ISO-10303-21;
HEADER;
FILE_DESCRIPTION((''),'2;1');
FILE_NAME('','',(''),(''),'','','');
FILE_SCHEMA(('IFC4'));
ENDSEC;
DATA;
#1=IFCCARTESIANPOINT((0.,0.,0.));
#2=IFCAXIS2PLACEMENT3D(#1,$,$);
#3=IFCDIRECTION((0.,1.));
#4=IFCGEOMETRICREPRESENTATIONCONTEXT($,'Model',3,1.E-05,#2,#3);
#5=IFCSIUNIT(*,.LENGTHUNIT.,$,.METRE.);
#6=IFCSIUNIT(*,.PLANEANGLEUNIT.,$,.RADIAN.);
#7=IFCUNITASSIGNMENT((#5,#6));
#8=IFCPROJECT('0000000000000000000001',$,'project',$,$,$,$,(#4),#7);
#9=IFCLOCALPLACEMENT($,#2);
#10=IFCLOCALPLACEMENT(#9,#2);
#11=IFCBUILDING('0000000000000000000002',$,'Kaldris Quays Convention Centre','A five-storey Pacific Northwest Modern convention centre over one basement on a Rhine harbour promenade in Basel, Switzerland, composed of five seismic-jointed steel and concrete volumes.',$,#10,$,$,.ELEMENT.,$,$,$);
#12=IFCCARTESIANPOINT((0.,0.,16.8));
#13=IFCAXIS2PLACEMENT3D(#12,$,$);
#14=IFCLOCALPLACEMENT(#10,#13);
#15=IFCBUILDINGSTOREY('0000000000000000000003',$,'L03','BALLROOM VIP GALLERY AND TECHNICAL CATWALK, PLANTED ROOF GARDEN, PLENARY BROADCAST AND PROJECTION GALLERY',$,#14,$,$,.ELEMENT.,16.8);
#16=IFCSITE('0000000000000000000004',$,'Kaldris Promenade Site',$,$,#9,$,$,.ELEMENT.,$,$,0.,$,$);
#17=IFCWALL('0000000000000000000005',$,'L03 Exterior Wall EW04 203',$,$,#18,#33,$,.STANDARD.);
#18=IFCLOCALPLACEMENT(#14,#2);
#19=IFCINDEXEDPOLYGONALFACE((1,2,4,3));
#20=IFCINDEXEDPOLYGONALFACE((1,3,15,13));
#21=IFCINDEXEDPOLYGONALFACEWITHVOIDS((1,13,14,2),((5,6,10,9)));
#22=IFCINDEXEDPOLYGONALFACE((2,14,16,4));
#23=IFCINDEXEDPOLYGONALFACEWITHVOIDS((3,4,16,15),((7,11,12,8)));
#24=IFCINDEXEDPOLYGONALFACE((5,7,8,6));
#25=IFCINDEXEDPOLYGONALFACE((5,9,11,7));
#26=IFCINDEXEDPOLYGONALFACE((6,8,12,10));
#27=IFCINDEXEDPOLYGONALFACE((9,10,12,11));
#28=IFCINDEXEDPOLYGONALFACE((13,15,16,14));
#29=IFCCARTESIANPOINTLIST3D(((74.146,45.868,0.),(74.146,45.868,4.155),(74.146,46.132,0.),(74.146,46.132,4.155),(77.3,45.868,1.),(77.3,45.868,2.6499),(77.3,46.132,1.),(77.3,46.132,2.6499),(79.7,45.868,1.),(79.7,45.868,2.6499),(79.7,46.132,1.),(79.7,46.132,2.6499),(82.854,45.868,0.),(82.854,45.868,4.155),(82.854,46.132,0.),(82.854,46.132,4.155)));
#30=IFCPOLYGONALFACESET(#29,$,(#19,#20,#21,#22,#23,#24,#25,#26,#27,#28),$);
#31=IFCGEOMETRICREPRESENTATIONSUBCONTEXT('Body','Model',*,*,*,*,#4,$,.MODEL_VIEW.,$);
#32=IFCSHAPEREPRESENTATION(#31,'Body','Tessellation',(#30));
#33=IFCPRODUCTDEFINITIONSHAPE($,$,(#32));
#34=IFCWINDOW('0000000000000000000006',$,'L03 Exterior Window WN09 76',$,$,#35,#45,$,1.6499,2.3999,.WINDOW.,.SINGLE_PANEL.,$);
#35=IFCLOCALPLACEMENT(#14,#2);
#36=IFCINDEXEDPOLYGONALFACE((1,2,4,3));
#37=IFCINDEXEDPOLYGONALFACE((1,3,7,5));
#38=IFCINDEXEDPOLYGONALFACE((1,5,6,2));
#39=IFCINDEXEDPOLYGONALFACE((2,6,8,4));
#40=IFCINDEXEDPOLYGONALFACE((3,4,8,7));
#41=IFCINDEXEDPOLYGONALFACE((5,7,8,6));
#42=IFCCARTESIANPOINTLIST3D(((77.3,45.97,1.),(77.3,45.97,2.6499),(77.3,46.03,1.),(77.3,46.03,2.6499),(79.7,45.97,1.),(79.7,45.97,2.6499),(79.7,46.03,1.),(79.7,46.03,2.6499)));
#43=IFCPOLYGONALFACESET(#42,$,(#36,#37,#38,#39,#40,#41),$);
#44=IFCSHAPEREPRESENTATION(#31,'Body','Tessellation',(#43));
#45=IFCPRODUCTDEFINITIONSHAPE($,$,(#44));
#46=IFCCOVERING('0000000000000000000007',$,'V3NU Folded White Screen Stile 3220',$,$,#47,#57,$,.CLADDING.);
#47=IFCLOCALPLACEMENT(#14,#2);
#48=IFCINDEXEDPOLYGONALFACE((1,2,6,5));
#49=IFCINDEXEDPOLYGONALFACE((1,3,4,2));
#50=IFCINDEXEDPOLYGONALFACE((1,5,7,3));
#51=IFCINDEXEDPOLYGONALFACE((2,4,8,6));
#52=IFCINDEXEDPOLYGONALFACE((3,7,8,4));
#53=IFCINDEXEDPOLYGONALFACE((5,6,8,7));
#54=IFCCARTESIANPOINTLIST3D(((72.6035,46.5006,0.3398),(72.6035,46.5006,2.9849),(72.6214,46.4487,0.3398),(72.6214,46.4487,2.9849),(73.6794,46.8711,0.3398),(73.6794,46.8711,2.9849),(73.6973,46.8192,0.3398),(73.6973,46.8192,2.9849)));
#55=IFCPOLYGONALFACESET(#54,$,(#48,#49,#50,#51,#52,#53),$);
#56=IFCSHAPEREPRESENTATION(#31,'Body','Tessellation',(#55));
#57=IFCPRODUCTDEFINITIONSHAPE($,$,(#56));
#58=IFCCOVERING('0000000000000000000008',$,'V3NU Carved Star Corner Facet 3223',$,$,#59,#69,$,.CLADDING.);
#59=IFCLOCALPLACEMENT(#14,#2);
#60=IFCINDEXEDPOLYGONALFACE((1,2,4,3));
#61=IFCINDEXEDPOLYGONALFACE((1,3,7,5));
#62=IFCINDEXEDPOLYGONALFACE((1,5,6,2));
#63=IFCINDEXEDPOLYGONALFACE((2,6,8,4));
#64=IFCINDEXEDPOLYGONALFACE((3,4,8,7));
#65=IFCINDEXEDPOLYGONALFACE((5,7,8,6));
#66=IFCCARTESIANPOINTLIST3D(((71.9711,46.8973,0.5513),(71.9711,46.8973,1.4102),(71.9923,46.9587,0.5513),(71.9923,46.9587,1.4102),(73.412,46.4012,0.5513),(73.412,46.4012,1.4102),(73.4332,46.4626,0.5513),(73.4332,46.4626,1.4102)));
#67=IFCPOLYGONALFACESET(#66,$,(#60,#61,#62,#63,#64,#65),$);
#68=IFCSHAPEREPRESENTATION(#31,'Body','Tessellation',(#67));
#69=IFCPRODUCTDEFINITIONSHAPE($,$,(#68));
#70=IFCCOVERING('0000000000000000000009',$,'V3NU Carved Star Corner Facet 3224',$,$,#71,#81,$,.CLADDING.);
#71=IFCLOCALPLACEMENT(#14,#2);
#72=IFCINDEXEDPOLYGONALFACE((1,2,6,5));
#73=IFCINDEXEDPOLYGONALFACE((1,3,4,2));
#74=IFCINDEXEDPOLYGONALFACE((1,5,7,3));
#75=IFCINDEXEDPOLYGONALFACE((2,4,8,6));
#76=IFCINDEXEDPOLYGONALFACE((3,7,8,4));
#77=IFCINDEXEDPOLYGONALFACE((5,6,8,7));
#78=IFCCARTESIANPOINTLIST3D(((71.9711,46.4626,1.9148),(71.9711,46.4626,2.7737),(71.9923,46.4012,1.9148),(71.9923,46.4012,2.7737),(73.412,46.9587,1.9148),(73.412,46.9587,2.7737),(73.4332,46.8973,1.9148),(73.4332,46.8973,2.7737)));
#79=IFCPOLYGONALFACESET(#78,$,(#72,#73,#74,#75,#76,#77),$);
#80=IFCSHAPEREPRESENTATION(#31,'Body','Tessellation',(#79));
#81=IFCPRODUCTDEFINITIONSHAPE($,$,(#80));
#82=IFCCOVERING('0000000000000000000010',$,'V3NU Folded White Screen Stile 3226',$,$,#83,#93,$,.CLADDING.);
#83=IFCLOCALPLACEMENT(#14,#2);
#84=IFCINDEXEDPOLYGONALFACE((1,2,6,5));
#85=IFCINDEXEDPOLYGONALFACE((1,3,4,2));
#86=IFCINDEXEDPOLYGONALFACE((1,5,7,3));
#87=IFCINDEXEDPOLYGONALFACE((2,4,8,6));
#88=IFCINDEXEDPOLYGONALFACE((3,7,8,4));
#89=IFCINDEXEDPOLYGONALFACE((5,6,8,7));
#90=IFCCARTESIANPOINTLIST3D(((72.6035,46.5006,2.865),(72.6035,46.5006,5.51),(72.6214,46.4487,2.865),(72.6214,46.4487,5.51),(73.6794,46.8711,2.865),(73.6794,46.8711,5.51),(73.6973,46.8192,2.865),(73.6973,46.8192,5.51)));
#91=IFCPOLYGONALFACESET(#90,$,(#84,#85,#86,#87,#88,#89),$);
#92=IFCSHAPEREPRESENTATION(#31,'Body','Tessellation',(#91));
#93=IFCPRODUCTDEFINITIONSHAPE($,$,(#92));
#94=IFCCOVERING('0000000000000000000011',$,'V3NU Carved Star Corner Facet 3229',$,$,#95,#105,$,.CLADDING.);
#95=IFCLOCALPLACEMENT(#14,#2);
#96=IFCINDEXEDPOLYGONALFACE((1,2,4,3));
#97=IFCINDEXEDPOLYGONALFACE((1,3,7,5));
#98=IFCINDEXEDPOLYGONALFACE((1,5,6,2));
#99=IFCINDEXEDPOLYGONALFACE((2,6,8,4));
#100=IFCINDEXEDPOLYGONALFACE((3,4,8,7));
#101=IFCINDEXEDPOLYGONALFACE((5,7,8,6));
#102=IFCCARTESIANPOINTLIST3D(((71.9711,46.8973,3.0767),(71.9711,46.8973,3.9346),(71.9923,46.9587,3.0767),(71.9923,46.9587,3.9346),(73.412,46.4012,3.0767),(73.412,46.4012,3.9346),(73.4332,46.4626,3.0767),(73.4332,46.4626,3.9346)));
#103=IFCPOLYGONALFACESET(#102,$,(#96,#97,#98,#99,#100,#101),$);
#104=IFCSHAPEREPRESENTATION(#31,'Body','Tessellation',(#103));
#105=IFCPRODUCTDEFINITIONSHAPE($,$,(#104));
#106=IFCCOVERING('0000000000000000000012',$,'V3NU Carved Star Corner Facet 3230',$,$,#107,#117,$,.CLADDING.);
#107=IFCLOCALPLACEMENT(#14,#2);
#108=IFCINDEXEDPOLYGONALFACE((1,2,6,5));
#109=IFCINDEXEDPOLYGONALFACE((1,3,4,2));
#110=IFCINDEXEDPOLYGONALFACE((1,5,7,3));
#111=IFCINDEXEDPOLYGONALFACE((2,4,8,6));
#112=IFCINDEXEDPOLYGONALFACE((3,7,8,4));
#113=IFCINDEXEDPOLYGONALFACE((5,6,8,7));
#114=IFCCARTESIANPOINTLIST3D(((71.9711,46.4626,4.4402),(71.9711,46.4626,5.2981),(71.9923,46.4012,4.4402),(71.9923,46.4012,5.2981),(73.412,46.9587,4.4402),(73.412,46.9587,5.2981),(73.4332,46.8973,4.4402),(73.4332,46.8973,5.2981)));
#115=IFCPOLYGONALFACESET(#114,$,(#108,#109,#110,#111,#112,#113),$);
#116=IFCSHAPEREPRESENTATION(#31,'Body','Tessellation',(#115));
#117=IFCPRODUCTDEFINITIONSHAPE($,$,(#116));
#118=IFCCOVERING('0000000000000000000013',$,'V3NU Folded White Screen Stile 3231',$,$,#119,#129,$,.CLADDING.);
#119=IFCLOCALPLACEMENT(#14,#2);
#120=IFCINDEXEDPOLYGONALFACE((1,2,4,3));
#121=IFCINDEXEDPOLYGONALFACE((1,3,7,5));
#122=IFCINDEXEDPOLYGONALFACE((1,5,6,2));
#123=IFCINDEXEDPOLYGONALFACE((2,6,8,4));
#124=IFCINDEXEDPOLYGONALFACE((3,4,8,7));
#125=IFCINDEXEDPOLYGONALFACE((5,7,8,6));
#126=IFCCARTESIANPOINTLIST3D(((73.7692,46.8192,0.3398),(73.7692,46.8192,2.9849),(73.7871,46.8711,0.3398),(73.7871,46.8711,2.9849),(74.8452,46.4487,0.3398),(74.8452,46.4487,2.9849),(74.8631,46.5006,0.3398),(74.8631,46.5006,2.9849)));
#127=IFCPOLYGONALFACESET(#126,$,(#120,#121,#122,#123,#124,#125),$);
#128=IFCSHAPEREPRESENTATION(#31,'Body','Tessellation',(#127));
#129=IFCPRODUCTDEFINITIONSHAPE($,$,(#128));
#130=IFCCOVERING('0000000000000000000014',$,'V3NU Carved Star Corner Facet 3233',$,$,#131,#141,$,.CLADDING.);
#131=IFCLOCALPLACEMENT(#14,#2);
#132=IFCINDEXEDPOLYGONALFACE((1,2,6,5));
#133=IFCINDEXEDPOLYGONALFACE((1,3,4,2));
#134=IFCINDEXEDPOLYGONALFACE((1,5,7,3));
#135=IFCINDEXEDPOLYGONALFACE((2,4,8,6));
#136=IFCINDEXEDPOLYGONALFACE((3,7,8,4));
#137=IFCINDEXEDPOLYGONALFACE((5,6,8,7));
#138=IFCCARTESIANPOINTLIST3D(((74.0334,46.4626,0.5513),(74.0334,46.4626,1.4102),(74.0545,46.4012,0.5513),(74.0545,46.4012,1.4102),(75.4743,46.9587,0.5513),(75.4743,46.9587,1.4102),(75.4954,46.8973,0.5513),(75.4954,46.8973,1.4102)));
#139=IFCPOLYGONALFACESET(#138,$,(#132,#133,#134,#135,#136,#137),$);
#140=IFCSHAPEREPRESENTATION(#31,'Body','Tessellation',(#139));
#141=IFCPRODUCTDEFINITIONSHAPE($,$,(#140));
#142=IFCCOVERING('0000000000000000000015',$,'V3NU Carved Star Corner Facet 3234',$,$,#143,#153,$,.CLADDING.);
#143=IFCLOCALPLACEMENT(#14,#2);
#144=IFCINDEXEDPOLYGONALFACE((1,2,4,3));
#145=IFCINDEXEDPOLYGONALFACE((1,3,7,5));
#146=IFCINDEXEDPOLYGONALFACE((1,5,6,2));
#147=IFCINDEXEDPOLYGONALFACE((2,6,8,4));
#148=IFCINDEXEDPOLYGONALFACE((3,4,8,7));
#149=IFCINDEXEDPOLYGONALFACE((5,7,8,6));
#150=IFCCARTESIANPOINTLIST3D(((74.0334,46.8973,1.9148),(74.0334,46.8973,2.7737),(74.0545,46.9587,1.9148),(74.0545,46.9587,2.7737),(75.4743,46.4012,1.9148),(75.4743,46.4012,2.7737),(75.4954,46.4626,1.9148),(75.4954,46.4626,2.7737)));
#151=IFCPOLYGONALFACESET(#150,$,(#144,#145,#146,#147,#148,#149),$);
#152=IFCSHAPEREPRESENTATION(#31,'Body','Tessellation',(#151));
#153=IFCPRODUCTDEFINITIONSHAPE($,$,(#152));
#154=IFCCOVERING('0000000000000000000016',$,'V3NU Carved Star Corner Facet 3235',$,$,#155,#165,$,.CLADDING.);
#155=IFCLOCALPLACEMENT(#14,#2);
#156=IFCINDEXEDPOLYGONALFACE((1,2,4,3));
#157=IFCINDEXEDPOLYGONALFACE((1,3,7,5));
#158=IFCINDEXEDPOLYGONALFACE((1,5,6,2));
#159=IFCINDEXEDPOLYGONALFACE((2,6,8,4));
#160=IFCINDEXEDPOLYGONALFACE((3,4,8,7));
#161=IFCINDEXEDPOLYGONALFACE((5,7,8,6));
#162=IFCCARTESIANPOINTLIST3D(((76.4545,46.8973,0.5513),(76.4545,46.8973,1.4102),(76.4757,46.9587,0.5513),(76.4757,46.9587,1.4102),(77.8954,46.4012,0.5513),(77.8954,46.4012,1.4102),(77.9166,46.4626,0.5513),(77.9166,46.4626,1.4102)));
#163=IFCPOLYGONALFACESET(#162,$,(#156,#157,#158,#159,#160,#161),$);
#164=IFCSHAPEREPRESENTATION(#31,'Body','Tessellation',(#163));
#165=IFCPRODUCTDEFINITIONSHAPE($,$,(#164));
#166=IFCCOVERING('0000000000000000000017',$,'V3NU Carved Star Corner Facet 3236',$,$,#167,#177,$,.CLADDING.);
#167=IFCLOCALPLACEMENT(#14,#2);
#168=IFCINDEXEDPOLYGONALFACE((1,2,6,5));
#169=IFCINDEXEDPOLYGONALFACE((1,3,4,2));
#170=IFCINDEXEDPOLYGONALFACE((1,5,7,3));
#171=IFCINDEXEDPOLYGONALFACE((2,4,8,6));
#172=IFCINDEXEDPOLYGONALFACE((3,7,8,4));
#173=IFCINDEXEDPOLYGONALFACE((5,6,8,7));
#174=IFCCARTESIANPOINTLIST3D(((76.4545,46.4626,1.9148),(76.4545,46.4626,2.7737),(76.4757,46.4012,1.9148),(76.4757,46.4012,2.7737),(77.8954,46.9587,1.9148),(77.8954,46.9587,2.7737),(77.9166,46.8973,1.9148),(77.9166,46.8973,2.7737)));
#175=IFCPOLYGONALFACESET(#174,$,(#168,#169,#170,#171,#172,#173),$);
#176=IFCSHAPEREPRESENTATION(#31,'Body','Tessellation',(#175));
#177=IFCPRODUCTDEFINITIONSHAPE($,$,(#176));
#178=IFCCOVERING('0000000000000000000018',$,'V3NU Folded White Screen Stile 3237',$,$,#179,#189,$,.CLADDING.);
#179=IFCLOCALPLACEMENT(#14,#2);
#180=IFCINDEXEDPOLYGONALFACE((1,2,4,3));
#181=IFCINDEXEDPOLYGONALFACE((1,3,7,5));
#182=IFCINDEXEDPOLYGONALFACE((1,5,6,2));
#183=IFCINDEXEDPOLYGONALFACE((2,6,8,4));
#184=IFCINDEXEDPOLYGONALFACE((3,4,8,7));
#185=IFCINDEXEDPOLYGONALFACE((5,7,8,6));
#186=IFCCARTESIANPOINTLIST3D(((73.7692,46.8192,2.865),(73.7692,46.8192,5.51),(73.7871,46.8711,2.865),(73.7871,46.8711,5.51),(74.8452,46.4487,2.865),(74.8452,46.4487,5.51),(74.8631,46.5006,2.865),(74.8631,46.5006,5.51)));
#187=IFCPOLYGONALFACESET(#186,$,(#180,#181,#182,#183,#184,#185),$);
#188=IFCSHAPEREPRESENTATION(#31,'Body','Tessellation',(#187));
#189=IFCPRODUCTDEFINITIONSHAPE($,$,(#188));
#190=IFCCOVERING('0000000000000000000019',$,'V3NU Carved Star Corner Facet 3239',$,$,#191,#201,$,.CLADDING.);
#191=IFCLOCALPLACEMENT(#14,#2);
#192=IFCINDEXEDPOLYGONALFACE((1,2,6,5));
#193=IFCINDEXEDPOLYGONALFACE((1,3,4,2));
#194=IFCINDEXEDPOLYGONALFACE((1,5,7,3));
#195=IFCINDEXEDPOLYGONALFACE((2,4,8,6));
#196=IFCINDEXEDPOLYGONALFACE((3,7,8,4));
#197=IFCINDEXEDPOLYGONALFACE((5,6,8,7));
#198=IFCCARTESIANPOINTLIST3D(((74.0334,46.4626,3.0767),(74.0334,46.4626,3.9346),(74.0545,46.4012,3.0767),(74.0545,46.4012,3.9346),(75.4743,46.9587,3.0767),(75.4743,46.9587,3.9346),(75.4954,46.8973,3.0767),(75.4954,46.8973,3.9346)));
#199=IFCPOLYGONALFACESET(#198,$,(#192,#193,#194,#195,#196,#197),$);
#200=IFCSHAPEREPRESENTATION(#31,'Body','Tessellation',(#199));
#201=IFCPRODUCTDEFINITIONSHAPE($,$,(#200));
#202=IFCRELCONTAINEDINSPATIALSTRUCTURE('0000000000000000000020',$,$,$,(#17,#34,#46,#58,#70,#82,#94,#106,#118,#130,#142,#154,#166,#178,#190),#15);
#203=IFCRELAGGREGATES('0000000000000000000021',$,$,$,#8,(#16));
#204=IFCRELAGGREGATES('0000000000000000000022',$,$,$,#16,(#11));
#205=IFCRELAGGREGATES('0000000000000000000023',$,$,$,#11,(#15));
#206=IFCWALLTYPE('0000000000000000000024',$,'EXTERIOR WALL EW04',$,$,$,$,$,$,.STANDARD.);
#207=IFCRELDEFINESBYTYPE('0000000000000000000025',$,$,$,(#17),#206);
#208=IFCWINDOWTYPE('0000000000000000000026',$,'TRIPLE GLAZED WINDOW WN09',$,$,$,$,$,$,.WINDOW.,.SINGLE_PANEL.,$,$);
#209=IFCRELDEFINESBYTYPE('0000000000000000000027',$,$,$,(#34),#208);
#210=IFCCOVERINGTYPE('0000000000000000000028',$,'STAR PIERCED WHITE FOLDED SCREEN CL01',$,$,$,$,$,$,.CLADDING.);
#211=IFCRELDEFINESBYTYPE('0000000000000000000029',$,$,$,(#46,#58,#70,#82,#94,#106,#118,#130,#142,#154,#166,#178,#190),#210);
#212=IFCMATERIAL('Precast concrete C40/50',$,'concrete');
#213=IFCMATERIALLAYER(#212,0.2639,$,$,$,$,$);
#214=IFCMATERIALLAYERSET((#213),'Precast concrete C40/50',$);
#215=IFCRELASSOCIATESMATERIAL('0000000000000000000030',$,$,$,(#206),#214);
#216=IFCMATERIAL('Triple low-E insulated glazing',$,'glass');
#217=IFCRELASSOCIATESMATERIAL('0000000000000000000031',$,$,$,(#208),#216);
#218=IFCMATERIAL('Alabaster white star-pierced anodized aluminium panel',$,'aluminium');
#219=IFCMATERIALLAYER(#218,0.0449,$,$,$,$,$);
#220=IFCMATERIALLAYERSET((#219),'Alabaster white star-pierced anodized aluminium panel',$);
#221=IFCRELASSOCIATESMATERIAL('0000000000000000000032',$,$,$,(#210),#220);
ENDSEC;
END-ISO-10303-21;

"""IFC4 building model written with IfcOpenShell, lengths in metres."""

from ifc_helpers import new_model, si_unit, direction, frame, frame_2d, origin, origin_2d, place, context, subcontext, project, spatial, rectangle, extrude, material, layer, layer_set, type_object, element, fill, save


model = new_model("IFC4")

# Units and contexts
model_context = context("Model", 3, precision=1e-05, world=origin(), true_north=direction((0.0, 1.0)))
body_context = subcontext(model_context, "Body", "Model", "MODEL_VIEW")
ifc_project = project(units=[si_unit("LENGTHUNIT", "METRE"), si_unit("PLANEANGLEUNIT", "RADIAN")], contexts=[model_context])

# Site, building, storey
site_placement = place(None, origin())
site = spatial("IfcSite", under=ifc_project, at=site_placement, Name="Kaldris Promenade Site", CompositionType="ELEMENT", RefElevation=0.0)
building_placement = place(site_placement, origin())
building = spatial("IfcBuilding", under=site, at=building_placement, Name="Kaldris Quays Convention Centre", Description="A five-storey Pacific Northwest Modern convention centre over one basement on a Rhine harbour promenade in Basel, Switzerland, composed of five seismic-jointed steel and concrete volumes.", CompositionType="ELEMENT")
storey_placement = place(building_placement, frame((0.0, 0.0, 16.8)))
storey = spatial("IfcBuildingStorey", under=building, at=storey_placement, Name="L03", Description="BALLROOM VIP GALLERY AND TECHNICAL CATWALK, PLANTED ROOF GARDEN, PLENARY BROADCAST AND PROJECTION GALLERY", CompositionType="ELEMENT", Elevation=16.8)

# Wall, opening, window
ifc_material_1 = material(Name="Precast concrete C40/50", Category="concrete")
ifc_layer_1 = layer(ifc_material_1, 0.2639)
ifc_layer_set_1 = layer_set([ifc_layer_1], Name="Precast concrete C40/50")
wall_type = type_object("IfcWallType", Name="EXTERIOR WALL EW04", PredefinedType="STANDARD", material=ifc_layer_set_1)
wall_placement = place(storey_placement, frame((74.146, 46.0, 0.0), z_axis=(0.0, 0.0, 1.0), x_axis=(1.0, 0.0, 0.0)))
wall = element("IfcWall", 1, at=wall_placement, inside=storey, type_object=wall_type, Name="L03 Exterior Wall EW04 203", PredefinedType="STANDARD", context=body_context, shape_type="SweptSolid", body=[
    extrude(rectangle(XDim=8.708, YDim=0.2639, at=frame_2d((4.354, 0.0))), origin(), (0.0, 0.0, 1.0), 4.155),
])
opening_placement = place(wall_placement, frame((3.1541, 0.0, 1.0)))
opening = element("IfcOpeningElement", 2, at=opening_placement, cuts=wall, PredefinedType="OPENING", context=body_context, shape_type="SweptSolid", body=[
    extrude(rectangle(XDim=2.3999, YDim=1.6499, at=frame_2d((1.2, 0.825))), frame((0.0, 0.1421, 0.0), z_axis=(0.0, -1.0, 0.0), x_axis=(1.0, 0.0, 0.0)), (0.0, 0.0, 1.0), 0.2839),
])
ifc_material_2 = material(Name="Triple low-E insulated glazing", Category="glass")
window_type = type_object("IfcWindowType", Name="TRIPLE GLAZED WINDOW WN09", PartitioningType="SINGLE_PANEL", PredefinedType="WINDOW", material=ifc_material_2)
window_placement = place(opening_placement, origin())
window = element("IfcWindow", 3, at=window_placement, inside=storey, type_object=window_type, Name="L03 Exterior Window WN09 76", OverallHeight=1.6499, OverallWidth=2.3999, PartitioningType="SINGLE_PANEL", PredefinedType="WINDOW", context=body_context, shape_type="SweptSolid", body=[
    extrude(rectangle(XDim=2.3999, YDim=1.6499, at=frame_2d((1.2, 0.825))), frame((0.0, 0.03, 0.0), z_axis=(0.0, -1.0, 0.0), x_axis=(1.0, 0.0, 0.0)), (0.0, 0.0, 1.0), 0.0601),
])
fill(opening, window)

# Coverings
ifc_material_3 = material(Name="Alabaster white star-pierced anodized aluminium panel", Category="aluminium")
ifc_layer_2 = layer(ifc_material_3, 0.0449)
ifc_layer_set_2 = layer_set([ifc_layer_2], Name="Alabaster white star-pierced anodized aluminium panel")
covering_type = type_object("IfcCoveringType", Name="STAR PIERCED WHITE FOLDED SCREEN CL01", PredefinedType="CLADDING", material=ifc_layer_set_2)
covering_1_placement = place(storey_placement, frame((73.1504, 46.6599, 0.3398), z_axis=(0.0, 0.0, 1.0), x_axis=(0.945519, 0.325568, 0.0)))
element("IfcCovering", 4, at=covering_1_placement, inside=storey, type_object=covering_type, Name="V3NU Folded White Screen Stile 3220", PredefinedType="CLADDING", context=body_context, shape_type="SweptSolid", body=[
    extrude(rectangle(XDim=1.1379, YDim=0.0549, at=origin_2d()), origin(), (0.0, 0.0, 1.0), 2.645),
])
for number, where, z_axis, x_axis, name in (
    (5, (72.7021, 46.6799, 0.5513), (0.0, 0.0, 1.0), (0.945519, -0.325568, 0.0), "V3NU Carved Star Corner Facet 3223"),
    (6, (72.7021, 46.6799, 1.9148), (0.0, 0.0, 1.0), (0.945519, 0.325568, 0.0), "V3NU Carved Star Corner Facet 3224"),
):
    element("IfcCovering", number, at=place(storey_placement, frame(where, z_axis=z_axis, x_axis=x_axis)), inside=storey, type_object=covering_type, Name=name, PredefinedType="CLADDING", context=body_context, shape_type="SweptSolid", body=[
        extrude(rectangle(XDim=1.5239, YDim=0.0649, at=origin_2d()), origin(), (0.0, 0.0, 1.0), 0.8589),
    ])
covering_2_placement = place(storey_placement, frame((73.1504, 46.6599, 2.865), z_axis=(0.0, 0.0, 1.0), x_axis=(0.945519, 0.325568, 0.0)))
element("IfcCovering", 7, at=covering_2_placement, inside=storey, type_object=covering_type, Name="V3NU Folded White Screen Stile 3226", PredefinedType="CLADDING", context=body_context, shape_type="SweptSolid", body=[
    extrude(rectangle(XDim=1.1379, YDim=0.0549, at=origin_2d()), origin(), (0.0, 0.0, 1.0), 2.645),
])
for number, where, z_axis, x_axis, name in (
    (8, (72.7021, 46.6799, 3.0767), (0.0, 0.0, 1.0), (0.945519, -0.325568, 0.0), "V3NU Carved Star Corner Facet 3229"),
    (9, (72.7021, 46.6799, 4.4402), (0.0, 0.0, 1.0), (0.945519, 0.325568, 0.0), "V3NU Carved Star Corner Facet 3230"),
):
    element("IfcCovering", number, at=place(storey_placement, frame(where, z_axis=z_axis, x_axis=x_axis)), inside=storey, type_object=covering_type, Name=name, PredefinedType="CLADDING", context=body_context, shape_type="SweptSolid", body=[
        extrude(rectangle(XDim=1.5239, YDim=0.0649, at=origin_2d()), origin(), (0.0, 0.0, 1.0), 0.8579),
    ])
covering_3_placement = place(storey_placement, frame((74.3162, 46.6599, 0.3398), z_axis=(0.0, 0.0, 1.0), x_axis=(0.945519, -0.325568, 0.0)))
element("IfcCovering", 10, at=covering_3_placement, inside=storey, type_object=covering_type, Name="V3NU Folded White Screen Stile 3231", PredefinedType="CLADDING", context=body_context, shape_type="SweptSolid", body=[
    extrude(rectangle(XDim=1.1379, YDim=0.0549, at=origin_2d()), origin(), (0.0, 0.0, 1.0), 2.645),
])
for number, where, z_axis, x_axis, name in (
    (11, (74.7644, 46.6799, 0.5513), (0.0, 0.0, 1.0), (0.945519, 0.325568, 0.0), "V3NU Carved Star Corner Facet 3233"),
    (12, (74.7644, 46.6799, 1.9148), (0.0, 0.0, 1.0), (0.945519, -0.325568, 0.0), "V3NU Carved Star Corner Facet 3234"),
    (13, (77.1855, 46.6799, 0.5513), (0.0, 0.0, 1.0), (0.945519, -0.325568, 0.0), "V3NU Carved Star Corner Facet 3235"),
    (14, (77.1855, 46.6799, 1.9148), (0.0, 0.0, 1.0), (0.945519, 0.325568, 0.0), "V3NU Carved Star Corner Facet 3236"),
):
    element("IfcCovering", number, at=place(storey_placement, frame(where, z_axis=z_axis, x_axis=x_axis)), inside=storey, type_object=covering_type, Name=name, PredefinedType="CLADDING", context=body_context, shape_type="SweptSolid", body=[
        extrude(rectangle(XDim=1.5239, YDim=0.0649, at=origin_2d()), origin(), (0.0, 0.0, 1.0), 0.8589),
    ])
covering_4_placement = place(storey_placement, frame((74.3162, 46.6599, 2.865), z_axis=(0.0, 0.0, 1.0), x_axis=(0.945519, -0.325568, 0.0)))
element("IfcCovering", 15, at=covering_4_placement, inside=storey, type_object=covering_type, Name="V3NU Folded White Screen Stile 3237", PredefinedType="CLADDING", context=body_context, shape_type="SweptSolid", body=[
    extrude(rectangle(XDim=1.1379, YDim=0.0549, at=origin_2d()), origin(), (0.0, 0.0, 1.0), 2.645),
])
for number, where, z_axis, x_axis, name in (
    (16, (74.7644, 46.6799, 3.0767), (0.0, 0.0, 1.0), (0.945519, 0.325568, 0.0), "V3NU Carved Star Corner Facet 3239"),
):
    element("IfcCovering", number, at=place(storey_placement, frame(where, z_axis=z_axis, x_axis=x_axis)), inside=storey, type_object=covering_type, Name=name, PredefinedType="CLADDING", context=body_context, shape_type="SweptSolid", body=[
        extrude(rectangle(XDim=1.5239, YDim=0.0649, at=origin_2d()), origin(), (0.0, 0.0, 1.0), 0.8579),
    ])

save(model, "model.ifc")
